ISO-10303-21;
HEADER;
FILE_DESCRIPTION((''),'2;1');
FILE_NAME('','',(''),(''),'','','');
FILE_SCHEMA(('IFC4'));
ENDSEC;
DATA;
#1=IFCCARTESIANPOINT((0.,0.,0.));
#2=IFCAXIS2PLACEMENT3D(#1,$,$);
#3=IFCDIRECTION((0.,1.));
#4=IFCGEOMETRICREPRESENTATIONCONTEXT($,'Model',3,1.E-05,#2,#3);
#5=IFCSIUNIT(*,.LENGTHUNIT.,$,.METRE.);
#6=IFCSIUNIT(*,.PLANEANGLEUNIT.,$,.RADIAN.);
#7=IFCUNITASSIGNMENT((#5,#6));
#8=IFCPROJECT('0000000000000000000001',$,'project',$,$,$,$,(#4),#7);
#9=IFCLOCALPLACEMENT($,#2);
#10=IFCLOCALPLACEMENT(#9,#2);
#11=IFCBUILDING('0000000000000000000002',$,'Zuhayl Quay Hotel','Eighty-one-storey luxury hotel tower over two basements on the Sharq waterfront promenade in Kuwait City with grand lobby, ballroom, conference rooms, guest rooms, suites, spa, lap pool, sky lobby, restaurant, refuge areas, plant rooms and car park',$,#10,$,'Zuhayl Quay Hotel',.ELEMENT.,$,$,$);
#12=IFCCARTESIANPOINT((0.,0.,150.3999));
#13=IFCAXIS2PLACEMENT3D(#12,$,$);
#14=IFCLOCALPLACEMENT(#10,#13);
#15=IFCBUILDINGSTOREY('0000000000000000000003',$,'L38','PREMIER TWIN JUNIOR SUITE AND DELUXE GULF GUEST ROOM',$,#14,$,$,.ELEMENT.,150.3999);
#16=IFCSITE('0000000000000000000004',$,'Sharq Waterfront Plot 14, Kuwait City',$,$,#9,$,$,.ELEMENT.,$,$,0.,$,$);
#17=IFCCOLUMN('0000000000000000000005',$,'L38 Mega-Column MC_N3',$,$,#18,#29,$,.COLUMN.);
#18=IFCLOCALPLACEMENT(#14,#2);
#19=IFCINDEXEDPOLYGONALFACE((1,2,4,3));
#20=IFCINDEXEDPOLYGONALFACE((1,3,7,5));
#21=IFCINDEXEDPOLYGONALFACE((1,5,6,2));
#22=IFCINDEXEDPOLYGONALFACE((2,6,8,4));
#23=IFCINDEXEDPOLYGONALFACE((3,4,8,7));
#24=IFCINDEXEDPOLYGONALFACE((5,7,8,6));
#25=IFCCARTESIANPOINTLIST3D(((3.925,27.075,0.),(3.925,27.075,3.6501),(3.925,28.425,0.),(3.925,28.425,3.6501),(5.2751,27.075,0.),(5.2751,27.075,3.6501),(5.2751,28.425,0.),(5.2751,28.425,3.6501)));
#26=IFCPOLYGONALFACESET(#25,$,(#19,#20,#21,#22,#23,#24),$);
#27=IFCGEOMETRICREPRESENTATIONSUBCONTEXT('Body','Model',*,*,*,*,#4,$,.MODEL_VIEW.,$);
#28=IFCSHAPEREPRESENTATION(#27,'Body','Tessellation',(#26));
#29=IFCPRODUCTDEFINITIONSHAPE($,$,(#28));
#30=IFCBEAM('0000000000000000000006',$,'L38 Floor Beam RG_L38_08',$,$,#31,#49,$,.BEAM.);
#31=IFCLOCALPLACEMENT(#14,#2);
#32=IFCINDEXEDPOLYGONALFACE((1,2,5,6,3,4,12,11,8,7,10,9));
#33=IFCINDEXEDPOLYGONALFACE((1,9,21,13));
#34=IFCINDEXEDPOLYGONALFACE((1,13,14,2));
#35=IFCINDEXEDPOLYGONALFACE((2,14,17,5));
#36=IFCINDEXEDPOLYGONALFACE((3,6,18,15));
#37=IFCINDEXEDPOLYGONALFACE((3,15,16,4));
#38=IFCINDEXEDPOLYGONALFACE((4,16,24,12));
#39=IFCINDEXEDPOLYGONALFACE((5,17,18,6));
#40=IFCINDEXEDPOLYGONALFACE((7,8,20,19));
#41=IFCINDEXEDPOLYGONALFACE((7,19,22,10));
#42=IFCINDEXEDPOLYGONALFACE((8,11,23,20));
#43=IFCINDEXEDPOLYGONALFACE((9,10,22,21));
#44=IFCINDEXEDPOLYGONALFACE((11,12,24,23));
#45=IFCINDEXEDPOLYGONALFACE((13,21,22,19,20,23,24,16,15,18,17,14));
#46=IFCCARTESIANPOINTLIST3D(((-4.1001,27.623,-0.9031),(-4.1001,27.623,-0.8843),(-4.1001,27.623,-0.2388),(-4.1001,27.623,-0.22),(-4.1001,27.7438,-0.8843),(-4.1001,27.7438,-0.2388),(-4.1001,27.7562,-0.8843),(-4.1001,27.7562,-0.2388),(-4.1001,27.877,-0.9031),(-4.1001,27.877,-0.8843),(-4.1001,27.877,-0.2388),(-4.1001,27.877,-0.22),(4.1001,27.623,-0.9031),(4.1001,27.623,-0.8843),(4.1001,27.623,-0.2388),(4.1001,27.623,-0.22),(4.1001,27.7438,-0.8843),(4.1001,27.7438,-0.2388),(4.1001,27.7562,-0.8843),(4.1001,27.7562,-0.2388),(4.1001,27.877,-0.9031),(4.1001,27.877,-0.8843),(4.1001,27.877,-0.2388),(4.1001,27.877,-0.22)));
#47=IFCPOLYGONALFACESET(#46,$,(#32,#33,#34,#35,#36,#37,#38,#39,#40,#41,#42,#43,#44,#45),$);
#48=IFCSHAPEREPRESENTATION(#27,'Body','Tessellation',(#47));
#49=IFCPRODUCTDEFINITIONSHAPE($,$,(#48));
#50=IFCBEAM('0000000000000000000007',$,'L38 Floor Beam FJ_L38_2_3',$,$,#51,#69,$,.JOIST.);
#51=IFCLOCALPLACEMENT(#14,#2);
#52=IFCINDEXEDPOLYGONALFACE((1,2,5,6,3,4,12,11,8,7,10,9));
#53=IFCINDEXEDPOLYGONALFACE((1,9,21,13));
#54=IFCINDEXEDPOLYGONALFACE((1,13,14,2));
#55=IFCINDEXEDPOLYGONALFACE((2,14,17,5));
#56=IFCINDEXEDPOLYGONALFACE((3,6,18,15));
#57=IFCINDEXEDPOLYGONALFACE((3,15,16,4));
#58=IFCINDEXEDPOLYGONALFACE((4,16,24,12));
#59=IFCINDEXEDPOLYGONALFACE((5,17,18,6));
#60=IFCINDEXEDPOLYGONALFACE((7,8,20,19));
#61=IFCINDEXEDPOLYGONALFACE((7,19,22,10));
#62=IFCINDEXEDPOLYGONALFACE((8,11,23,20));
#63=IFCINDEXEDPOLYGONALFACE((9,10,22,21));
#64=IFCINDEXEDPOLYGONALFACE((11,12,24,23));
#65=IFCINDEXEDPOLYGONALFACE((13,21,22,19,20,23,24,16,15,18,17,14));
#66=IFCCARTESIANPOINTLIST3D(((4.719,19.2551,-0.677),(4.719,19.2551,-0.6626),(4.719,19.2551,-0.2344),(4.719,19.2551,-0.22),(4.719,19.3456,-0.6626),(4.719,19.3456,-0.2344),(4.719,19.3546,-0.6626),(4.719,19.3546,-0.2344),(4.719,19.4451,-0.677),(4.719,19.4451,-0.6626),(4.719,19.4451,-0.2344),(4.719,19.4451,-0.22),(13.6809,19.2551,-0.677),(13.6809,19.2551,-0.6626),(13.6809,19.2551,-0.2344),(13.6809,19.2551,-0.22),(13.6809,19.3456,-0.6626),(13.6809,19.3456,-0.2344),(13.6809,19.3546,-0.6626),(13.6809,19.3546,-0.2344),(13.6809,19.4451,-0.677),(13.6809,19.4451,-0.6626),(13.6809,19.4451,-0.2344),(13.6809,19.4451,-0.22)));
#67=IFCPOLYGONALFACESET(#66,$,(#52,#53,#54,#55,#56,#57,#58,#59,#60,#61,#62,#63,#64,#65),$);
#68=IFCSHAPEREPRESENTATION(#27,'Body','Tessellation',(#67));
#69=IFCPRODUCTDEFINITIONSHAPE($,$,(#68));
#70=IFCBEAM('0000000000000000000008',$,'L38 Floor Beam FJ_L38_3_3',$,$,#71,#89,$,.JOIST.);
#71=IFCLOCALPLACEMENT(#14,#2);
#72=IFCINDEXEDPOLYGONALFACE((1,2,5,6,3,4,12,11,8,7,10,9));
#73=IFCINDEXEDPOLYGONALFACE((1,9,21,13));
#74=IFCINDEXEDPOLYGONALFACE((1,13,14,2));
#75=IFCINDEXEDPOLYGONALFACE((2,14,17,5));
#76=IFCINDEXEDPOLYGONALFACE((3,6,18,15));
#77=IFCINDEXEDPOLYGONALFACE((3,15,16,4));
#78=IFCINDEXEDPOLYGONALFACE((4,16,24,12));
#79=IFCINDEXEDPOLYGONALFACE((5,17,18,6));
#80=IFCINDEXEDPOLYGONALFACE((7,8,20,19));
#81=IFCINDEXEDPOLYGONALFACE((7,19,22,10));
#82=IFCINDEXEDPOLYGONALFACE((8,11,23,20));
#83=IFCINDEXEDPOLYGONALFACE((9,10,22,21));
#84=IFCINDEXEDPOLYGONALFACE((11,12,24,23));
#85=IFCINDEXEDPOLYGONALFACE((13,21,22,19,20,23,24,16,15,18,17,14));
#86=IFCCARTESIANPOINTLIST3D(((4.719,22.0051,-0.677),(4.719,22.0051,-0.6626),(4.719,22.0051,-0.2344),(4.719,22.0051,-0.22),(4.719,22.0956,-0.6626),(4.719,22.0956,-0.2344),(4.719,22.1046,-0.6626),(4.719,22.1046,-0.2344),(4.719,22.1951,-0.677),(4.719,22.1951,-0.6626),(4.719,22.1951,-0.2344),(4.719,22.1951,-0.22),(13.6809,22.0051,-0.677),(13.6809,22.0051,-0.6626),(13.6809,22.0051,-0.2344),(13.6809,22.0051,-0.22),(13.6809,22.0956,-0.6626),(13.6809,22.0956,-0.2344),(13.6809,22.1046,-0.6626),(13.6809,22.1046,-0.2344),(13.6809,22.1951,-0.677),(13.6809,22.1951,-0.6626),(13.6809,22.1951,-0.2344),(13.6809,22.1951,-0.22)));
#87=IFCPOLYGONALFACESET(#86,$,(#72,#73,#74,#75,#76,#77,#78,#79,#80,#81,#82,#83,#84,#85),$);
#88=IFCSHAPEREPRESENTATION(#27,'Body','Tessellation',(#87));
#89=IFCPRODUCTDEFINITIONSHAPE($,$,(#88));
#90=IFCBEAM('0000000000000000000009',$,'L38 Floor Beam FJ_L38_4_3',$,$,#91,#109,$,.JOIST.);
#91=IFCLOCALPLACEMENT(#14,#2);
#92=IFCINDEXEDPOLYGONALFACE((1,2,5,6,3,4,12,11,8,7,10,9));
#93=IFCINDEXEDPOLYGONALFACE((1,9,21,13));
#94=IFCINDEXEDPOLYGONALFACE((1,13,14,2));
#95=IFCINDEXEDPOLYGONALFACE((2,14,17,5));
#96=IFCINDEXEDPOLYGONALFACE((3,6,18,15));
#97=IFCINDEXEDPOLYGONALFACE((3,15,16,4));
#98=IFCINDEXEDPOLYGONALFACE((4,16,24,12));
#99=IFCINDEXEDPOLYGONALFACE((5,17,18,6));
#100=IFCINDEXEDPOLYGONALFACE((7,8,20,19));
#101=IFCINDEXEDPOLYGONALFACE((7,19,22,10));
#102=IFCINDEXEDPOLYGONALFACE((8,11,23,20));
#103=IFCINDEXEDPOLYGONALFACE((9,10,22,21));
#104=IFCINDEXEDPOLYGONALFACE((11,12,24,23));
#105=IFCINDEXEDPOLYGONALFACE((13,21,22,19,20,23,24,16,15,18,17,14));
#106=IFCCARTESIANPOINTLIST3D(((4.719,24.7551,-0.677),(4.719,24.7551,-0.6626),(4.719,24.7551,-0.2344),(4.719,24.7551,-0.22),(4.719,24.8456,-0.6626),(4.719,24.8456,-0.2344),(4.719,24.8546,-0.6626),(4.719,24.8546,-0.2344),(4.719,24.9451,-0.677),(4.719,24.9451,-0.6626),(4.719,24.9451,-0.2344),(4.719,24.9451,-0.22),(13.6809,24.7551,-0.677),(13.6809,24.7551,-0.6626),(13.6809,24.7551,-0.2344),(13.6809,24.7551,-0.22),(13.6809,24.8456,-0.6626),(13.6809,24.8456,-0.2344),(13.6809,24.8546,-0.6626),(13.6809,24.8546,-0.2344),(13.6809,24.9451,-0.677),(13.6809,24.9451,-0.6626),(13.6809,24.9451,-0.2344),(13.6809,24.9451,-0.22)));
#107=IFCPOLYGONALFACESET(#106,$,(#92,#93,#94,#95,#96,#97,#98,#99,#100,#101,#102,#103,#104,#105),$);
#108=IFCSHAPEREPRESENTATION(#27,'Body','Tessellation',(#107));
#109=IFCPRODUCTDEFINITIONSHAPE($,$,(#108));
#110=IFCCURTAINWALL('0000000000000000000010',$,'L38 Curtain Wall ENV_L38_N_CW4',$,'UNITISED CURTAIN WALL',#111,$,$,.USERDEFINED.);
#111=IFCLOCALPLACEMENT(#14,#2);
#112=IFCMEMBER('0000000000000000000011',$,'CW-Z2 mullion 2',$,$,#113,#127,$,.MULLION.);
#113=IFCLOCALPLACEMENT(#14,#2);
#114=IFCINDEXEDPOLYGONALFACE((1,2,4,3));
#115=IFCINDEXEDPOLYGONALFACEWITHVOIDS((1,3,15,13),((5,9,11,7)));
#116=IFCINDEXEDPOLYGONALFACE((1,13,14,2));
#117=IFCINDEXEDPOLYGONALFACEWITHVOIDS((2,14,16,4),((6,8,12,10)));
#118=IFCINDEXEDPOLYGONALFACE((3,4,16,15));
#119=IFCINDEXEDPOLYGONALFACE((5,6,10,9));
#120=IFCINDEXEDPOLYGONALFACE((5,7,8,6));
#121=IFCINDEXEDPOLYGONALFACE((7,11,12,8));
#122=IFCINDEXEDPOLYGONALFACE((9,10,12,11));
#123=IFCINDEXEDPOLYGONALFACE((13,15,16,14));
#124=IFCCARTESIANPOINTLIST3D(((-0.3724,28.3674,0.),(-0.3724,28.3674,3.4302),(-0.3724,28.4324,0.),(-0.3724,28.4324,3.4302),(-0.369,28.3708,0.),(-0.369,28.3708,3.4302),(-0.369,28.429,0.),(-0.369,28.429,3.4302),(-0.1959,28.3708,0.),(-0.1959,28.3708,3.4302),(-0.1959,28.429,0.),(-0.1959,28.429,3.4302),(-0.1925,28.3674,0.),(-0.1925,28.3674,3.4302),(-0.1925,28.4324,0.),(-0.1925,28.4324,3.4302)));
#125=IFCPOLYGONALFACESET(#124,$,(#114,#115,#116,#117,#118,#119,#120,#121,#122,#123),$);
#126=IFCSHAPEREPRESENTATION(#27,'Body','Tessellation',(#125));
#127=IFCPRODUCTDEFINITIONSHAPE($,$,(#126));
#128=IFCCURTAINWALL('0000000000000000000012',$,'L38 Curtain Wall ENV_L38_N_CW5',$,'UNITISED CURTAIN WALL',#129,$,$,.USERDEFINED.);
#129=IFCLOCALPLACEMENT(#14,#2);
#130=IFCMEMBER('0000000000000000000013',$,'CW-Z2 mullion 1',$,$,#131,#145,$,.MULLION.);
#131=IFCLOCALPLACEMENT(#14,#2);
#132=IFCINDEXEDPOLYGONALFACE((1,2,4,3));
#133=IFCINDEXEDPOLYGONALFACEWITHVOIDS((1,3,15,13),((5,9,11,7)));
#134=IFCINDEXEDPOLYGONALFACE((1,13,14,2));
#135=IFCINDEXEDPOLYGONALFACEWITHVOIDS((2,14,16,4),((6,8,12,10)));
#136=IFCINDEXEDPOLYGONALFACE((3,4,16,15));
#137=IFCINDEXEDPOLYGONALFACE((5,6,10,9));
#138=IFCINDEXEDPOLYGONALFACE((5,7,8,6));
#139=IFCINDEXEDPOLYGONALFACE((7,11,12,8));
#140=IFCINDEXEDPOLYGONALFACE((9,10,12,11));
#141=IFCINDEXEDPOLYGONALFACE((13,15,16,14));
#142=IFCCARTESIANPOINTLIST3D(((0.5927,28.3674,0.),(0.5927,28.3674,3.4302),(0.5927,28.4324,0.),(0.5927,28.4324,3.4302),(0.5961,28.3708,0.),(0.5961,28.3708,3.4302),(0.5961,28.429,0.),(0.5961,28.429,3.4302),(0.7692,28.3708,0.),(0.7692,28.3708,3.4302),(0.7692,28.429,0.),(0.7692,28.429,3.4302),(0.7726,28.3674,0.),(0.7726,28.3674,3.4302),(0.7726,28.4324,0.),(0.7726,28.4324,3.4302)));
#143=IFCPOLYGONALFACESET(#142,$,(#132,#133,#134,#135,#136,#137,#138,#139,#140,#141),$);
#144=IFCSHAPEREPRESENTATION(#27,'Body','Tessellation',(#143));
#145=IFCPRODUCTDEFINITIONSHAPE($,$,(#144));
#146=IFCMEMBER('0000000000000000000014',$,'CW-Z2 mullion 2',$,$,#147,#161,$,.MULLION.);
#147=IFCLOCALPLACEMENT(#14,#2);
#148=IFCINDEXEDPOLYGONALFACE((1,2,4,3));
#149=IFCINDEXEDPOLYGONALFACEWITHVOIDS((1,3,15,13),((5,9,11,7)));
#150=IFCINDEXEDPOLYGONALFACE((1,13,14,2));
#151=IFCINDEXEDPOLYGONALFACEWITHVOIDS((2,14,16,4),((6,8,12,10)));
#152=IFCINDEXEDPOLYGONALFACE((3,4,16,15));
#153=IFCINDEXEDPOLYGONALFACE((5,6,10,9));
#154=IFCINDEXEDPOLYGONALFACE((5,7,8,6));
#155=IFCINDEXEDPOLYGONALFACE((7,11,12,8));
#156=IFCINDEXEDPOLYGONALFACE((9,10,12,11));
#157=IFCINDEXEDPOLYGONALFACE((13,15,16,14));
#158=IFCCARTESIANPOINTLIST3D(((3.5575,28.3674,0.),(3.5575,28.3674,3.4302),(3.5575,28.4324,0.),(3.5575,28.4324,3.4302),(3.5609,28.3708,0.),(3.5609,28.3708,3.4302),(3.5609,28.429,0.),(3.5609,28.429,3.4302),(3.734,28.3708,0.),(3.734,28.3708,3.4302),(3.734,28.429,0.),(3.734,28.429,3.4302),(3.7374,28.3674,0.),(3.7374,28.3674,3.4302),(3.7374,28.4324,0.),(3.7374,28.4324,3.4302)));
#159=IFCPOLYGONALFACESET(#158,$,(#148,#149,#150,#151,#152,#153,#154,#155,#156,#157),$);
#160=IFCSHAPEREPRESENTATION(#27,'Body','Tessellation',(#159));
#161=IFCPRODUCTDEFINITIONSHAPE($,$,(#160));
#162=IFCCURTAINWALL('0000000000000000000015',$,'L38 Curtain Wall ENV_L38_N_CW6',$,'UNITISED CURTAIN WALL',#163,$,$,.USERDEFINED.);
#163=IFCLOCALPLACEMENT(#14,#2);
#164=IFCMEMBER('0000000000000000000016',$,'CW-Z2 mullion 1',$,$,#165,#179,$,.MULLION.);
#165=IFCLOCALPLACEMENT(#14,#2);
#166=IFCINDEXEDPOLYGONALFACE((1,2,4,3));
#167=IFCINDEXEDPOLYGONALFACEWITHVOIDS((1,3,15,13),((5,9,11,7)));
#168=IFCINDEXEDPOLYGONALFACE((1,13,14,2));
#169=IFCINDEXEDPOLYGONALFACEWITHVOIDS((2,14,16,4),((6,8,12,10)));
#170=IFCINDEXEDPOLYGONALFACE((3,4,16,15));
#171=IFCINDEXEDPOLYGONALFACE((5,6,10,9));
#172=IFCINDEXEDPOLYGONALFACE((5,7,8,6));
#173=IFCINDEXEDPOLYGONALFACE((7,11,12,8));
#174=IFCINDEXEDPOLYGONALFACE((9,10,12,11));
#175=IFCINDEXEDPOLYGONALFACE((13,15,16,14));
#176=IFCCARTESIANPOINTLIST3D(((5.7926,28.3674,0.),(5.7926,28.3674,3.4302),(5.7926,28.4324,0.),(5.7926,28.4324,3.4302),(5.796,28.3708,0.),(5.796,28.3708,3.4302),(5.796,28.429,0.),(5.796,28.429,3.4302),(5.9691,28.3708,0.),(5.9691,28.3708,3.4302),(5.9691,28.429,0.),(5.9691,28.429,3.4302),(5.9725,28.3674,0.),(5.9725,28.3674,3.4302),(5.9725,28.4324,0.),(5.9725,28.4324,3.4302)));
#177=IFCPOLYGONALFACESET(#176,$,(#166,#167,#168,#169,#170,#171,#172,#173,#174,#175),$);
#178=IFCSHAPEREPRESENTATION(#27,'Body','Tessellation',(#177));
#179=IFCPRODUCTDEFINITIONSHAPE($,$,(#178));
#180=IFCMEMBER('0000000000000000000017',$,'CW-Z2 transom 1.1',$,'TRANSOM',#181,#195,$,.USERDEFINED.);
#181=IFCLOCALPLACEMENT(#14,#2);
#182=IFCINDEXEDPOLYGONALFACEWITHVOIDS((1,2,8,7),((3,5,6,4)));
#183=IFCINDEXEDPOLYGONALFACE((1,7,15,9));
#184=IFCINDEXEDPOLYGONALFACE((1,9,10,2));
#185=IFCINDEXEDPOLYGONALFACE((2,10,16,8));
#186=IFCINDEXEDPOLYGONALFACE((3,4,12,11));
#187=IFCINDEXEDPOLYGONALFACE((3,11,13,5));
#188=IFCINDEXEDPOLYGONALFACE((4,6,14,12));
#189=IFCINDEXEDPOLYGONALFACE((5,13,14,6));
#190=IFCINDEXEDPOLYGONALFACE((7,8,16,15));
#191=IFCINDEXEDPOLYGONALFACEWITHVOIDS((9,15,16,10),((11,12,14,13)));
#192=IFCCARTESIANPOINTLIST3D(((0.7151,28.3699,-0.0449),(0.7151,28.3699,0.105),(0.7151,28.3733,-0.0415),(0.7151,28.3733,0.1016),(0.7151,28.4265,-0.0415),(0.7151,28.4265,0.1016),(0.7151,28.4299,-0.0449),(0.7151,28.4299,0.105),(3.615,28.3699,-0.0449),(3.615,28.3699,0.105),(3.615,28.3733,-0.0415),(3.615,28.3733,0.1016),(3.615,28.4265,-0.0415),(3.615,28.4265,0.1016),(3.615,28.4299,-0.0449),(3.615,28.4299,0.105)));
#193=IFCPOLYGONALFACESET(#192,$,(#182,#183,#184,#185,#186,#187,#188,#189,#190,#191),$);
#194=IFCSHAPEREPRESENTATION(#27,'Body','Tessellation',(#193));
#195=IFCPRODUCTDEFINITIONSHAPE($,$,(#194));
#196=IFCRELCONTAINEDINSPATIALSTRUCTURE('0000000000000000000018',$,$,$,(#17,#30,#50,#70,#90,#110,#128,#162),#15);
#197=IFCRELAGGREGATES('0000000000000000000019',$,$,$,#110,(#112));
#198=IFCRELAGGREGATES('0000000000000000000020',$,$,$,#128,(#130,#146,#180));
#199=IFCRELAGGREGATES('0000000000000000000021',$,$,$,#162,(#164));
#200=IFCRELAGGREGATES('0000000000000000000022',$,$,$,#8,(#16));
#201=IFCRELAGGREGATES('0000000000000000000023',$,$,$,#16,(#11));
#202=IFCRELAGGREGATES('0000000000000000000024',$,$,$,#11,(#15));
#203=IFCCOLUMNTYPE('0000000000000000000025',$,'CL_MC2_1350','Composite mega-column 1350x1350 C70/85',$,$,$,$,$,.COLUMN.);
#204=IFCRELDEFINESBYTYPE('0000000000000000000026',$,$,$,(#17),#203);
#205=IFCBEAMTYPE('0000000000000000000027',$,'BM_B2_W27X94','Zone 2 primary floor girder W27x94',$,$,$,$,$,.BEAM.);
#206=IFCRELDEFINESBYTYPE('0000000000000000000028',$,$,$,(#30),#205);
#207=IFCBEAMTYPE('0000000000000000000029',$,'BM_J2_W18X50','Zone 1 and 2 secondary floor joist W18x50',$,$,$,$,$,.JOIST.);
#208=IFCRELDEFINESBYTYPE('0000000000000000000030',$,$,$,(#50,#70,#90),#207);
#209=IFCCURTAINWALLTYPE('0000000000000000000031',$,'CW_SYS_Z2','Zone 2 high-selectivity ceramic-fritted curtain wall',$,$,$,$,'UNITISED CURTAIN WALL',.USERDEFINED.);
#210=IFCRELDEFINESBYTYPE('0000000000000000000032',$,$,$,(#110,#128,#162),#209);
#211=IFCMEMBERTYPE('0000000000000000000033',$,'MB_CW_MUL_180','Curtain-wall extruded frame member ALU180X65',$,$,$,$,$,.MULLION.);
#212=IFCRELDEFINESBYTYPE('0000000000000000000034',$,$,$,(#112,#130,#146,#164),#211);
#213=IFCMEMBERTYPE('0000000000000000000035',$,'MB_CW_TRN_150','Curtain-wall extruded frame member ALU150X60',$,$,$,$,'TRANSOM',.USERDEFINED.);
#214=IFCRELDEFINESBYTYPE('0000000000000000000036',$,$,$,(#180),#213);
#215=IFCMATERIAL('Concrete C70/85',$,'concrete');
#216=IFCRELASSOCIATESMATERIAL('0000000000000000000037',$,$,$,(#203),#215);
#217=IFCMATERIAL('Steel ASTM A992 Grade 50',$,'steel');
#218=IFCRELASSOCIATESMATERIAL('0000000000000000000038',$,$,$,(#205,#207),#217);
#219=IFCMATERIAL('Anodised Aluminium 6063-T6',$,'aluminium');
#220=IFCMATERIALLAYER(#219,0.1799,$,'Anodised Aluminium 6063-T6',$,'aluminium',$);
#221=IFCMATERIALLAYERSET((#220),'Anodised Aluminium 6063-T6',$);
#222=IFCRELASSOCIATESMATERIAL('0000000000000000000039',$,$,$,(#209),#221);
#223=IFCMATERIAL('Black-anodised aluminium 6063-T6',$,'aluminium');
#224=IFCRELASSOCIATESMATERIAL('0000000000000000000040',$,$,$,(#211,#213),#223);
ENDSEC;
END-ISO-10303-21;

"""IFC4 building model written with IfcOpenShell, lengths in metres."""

from ifc_helpers import new_model, si_unit, direction, frame, origin, origin_2d, place, context, subcontext, project, spatial, rectangle, hollow_rectangle, i_section, extrude, material, layer, layer_set, material_profile, profile_set, type_object, element, aggregate, save


model = new_model("IFC4")

# Units and contexts
model_context = context("Model", 3, precision=1e-05, world=origin(), true_north=direction((0.0, 1.0)))
body_context = subcontext(model_context, "Body", "Model", "MODEL_VIEW")
ifc_project = project(units=[si_unit("LENGTHUNIT", "METRE"), si_unit("PLANEANGLEUNIT", "RADIAN")], contexts=[model_context])

# Site, building, storey
site_placement = place(None, origin())
site = spatial("IfcSite", under=ifc_project, at=site_placement, Name="Sharq Waterfront Plot 14, Kuwait City", CompositionType="ELEMENT", RefElevation=0.0)
building_placement = place(site_placement, origin())
building = spatial("IfcBuilding", under=site, at=building_placement, Name="Zuhayl Quay Hotel", Description="Eighty-one-storey luxury hotel tower over two basements on the Sharq waterfront promenade in Kuwait City with grand lobby, ballroom, conference rooms, guest rooms, suites, spa, lap pool, sky lobby, restaurant, refuge areas, plant rooms and car park", LongName="Zuhayl Quay Hotel", CompositionType="ELEMENT")
storey_placement = place(building_placement, frame((0.0, 0.0, 150.3999)))
storey = spatial("IfcBuildingStorey", under=building, at=storey_placement, Name="L38", Description="PREMIER TWIN JUNIOR SUITE AND DELUXE GULF GUEST ROOM", CompositionType="ELEMENT", Elevation=150.3999)

# Column
ifc_material_1 = material(Name="Concrete C70/85", Category="concrete")
ifc_material_profile_1 = material_profile(ifc_material_1, rectangle(XDim=1.3501, YDim=1.3501, at=origin_2d()), Name="RC1350X1350")
ifc_profile_set_1 = profile_set([ifc_material_profile_1], Name="Concrete C70/85")
column_type = type_object("IfcColumnType", Name="CL_MC2_1350", Description="Composite mega-column 1350x1350 C70/85", PredefinedType="COLUMN", material=ifc_profile_set_1)
column_placement = place(storey_placement, frame((4.6001, 27.75, 0.0), z_axis=(0.0, 0.0, 1.0), x_axis=(1.0, 0.0, 0.0)))
element("IfcColumn", 1, at=column_placement, inside=storey, type_object=column_type, Name="L38 Mega-Column MC_N3", PredefinedType="COLUMN", context=body_context, shape_type="SweptSolid", body=[
    extrude(rectangle(XDim=1.3501, YDim=1.3501, at=origin_2d()), origin(), (0.0, 0.0, 1.0), 3.6501),
])

# Beams
ifc_material_2 = material(Name="Steel ASTM A992 Grade 50", Category="steel")
ifc_material_profile_2 = material_profile(ifc_material_2, i_section(OverallWidth=0.2539, OverallDepth=0.6831, WebThickness=0.0125, FlangeThickness=0.0188, at=origin_2d()), Name="W27X94")
ifc_profile_set_2 = profile_set([ifc_material_profile_2], Name="Steel ASTM A992 Grade 50")
beam_type_1 = type_object("IfcBeamType", Name="BM_B2_W27X94", Description="Zone 2 primary floor girder W27x94", PredefinedType="BEAM", material=ifc_profile_set_2)
beam_placement = place(storey_placement, frame((4.1001, 27.75, -0.5615), z_axis=(-1.0, 0.0, 0.0), x_axis=(0.0, -1.0, 0.0)))
element("IfcBeam", 2, at=beam_placement, inside=storey, type_object=beam_type_1, Name="L38 Floor Beam RG_L38_08", PredefinedType="BEAM", context=body_context, shape_type="SweptSolid", body=[
    extrude(i_section(OverallWidth=0.2539, OverallDepth=0.6831, WebThickness=0.0125, FlangeThickness=0.0188, at=origin_2d()), origin(), (0.0, 0.0, 1.0), 8.2002),
])
ifc_material_profile_3 = material_profile(ifc_material_2, i_section(OverallWidth=0.1899, OverallDepth=0.457, WebThickness=0.009, FlangeThickness=0.0144, at=origin_2d()), Name="W18X50")
ifc_profile_set_3 = profile_set([ifc_material_profile_3], Name="Steel ASTM A992 Grade 50")
beam_type_2 = type_object("IfcBeamType", Name="BM_J2_W18X50", Description="Zone 1 and 2 secondary floor joist W18x50", PredefinedType="JOIST", material=ifc_profile_set_3)
for number, where, z_axis, x_axis, name in (
    (3, (4.719, 19.3501, -0.4485), (1.0, 0.0, 0.0), (0.0, 1.0, 0.0), "L38 Floor Beam FJ_L38_2_3"),
    (4, (4.719, 22.1001, -0.4485), (1.0, 0.0, 0.0), (0.0, 1.0, 0.0), "L38 Floor Beam FJ_L38_3_3"),
    (5, (4.719, 24.8501, -0.4485), (1.0, 0.0, 0.0), (0.0, 1.0, 0.0), "L38 Floor Beam FJ_L38_4_3"),
):
    element("IfcBeam", number, at=place(storey_placement, frame(where, z_axis=z_axis, x_axis=x_axis)), inside=storey, type_object=beam_type_2, Name=name, PredefinedType="JOIST", context=body_context, shape_type="SweptSolid", body=[
        extrude(i_section(OverallWidth=0.1899, OverallDepth=0.457, WebThickness=0.009, FlangeThickness=0.0144, at=origin_2d()), origin(), (0.0, 0.0, 1.0), 8.9619),
    ])

# Curtain wall, member
ifc_material_3 = material(Name="Anodised Aluminium 6063-T6", Category="aluminium")
ifc_layer_1 = layer(ifc_material_3, 0.1799, Name="Anodised Aluminium 6063-T6", Category="aluminium")
ifc_layer_set_1 = layer_set([ifc_layer_1], Name="Anodised Aluminium 6063-T6")
curtain_wall_type = type_object("IfcCurtainWallType", Name="CW_SYS_Z2", Description="Zone 2 high-selectivity ceramic-fritted curtain wall", ElementType="UNITISED CURTAIN WALL", PredefinedType="USERDEFINED", material=ifc_layer_set_1)
curtain_wall_1_placement = place(storey_placement, origin())
curtain_wall_1 = element("IfcCurtainWall", 6, at=curtain_wall_1_placement, inside=storey, type_object=curtain_wall_type, Name="L38 Curtain Wall ENV_L38_N_CW4", ObjectType="UNITISED CURTAIN WALL", PredefinedType="USERDEFINED")
ifc_material_4 = material(Name="Black-anodised aluminium 6063-T6", Category="aluminium")
ifc_material_profile_4 = material_profile(ifc_material_4, hollow_rectangle(XDim=0.0649, YDim=0.1799, WallThickness=0.0034, at=origin_2d()), Name="ALU180X65")
ifc_profile_set_4 = profile_set([ifc_material_profile_4], Name="Black-anodised aluminium 6063-T6")
member_type_1 = type_object("IfcMemberType", Name="MB_CW_MUL_180", Description="Curtain-wall extruded frame member ALU180X65", PredefinedType="MULLION", material=ifc_profile_set_4)
member_1_placement = place(storey_placement, frame((-0.2825, 28.3999, 0.0), z_axis=(0.0, 0.0, 1.0), x_axis=(0.0, 1.0, 0.0)))
member_1 = element("IfcMember", 7, at=member_1_placement, type_object=member_type_1, Name="CW-Z2 mullion 2", PredefinedType="MULLION", context=body_context, shape_type="SweptSolid", body=[
    extrude(hollow_rectangle(XDim=0.0649, YDim=0.1799, WallThickness=0.0034, at=origin_2d()), origin(), (0.0, 0.0, 1.0), 3.4302),
])
aggregate(curtain_wall_1, [member_1])

# Curtain wall, members
curtain_wall_2_placement = place(storey_placement, origin())
curtain_wall_2 = element("IfcCurtainWall", 8, at=curtain_wall_2_placement, inside=storey, type_object=curtain_wall_type, Name="L38 Curtain Wall ENV_L38_N_CW5", ObjectType="UNITISED CURTAIN WALL", PredefinedType="USERDEFINED")
member_2_placement = place(storey_placement, frame((0.6826, 28.3999, 0.0), z_axis=(0.0, 0.0, 1.0), x_axis=(0.0, 1.0, 0.0)))
member_2 = element("IfcMember", 9, at=member_2_placement, type_object=member_type_1, Name="CW-Z2 mullion 1", PredefinedType="MULLION", context=body_context, shape_type="SweptSolid", body=[
    extrude(hollow_rectangle(XDim=0.0649, YDim=0.1799, WallThickness=0.0034, at=origin_2d()), origin(), (0.0, 0.0, 1.0), 3.4302),
])
member_3_placement = place(storey_placement, frame((3.6475, 28.3999, 0.0), z_axis=(0.0, 0.0, 1.0), x_axis=(0.0, 1.0, 0.0)))
member_3 = element("IfcMember", 10, at=member_3_placement, type_object=member_type_1, Name="CW-Z2 mullion 2", PredefinedType="MULLION", context=body_context, shape_type="SweptSolid", body=[
    extrude(hollow_rectangle(XDim=0.0649, YDim=0.1799, WallThickness=0.0034, at=origin_2d()), origin(), (0.0, 0.0, 1.0), 3.4302),
])

# Curtain wall, member
curtain_wall_3_placement = place(storey_placement, origin())
curtain_wall_3 = element("IfcCurtainWall", 11, at=curtain_wall_3_placement, inside=storey, type_object=curtain_wall_type, Name="L38 Curtain Wall ENV_L38_N_CW6", ObjectType="UNITISED CURTAIN WALL", PredefinedType="USERDEFINED")
member_4_placement = place(storey_placement, frame((5.8826, 28.3999, 0.0), z_axis=(0.0, 0.0, 1.0), x_axis=(0.0, 1.0, 0.0)))
member_4 = element("IfcMember", 12, at=member_4_placement, type_object=member_type_1, Name="CW-Z2 mullion 1", PredefinedType="MULLION", context=body_context, shape_type="SweptSolid", body=[
    extrude(hollow_rectangle(XDim=0.0649, YDim=0.1799, WallThickness=0.0034, at=origin_2d()), origin(), (0.0, 0.0, 1.0), 3.4302),
])

# Member
ifc_material_profile_5 = material_profile(ifc_material_4, hollow_rectangle(XDim=0.0601, YDim=0.1499, WallThickness=0.0034, at=origin_2d()), Name="ALU150X60")
ifc_profile_set_5 = profile_set([ifc_material_profile_5], Name="Black-anodised aluminium 6063-T6")
member_type_2 = type_object("IfcMemberType", Name="MB_CW_TRN_150", Description="Curtain-wall extruded frame member ALU150X60", ElementType="TRANSOM", PredefinedType="USERDEFINED", material=ifc_profile_set_5)
member_5_placement = place(storey_placement, frame((0.7151, 28.3999, 0.03), z_axis=(1.0, 0.0, 0.0), x_axis=(0.0, 1.0, 0.0)))
member_5 = element("IfcMember", 13, at=member_5_placement, type_object=member_type_2, Name="CW-Z2 transom 1.1", ObjectType="TRANSOM", PredefinedType="USERDEFINED", context=body_context, shape_type="SweptSolid", body=[
    extrude(hollow_rectangle(XDim=0.0601, YDim=0.1499, WallThickness=0.0034, at=origin_2d()), origin(), (0.0, 0.0, 1.0), 2.8999),
])

aggregate(curtain_wall_2, [member_2, member_3, member_5])
aggregate(curtain_wall_3, [member_4])

save(model, "model.ifc")
